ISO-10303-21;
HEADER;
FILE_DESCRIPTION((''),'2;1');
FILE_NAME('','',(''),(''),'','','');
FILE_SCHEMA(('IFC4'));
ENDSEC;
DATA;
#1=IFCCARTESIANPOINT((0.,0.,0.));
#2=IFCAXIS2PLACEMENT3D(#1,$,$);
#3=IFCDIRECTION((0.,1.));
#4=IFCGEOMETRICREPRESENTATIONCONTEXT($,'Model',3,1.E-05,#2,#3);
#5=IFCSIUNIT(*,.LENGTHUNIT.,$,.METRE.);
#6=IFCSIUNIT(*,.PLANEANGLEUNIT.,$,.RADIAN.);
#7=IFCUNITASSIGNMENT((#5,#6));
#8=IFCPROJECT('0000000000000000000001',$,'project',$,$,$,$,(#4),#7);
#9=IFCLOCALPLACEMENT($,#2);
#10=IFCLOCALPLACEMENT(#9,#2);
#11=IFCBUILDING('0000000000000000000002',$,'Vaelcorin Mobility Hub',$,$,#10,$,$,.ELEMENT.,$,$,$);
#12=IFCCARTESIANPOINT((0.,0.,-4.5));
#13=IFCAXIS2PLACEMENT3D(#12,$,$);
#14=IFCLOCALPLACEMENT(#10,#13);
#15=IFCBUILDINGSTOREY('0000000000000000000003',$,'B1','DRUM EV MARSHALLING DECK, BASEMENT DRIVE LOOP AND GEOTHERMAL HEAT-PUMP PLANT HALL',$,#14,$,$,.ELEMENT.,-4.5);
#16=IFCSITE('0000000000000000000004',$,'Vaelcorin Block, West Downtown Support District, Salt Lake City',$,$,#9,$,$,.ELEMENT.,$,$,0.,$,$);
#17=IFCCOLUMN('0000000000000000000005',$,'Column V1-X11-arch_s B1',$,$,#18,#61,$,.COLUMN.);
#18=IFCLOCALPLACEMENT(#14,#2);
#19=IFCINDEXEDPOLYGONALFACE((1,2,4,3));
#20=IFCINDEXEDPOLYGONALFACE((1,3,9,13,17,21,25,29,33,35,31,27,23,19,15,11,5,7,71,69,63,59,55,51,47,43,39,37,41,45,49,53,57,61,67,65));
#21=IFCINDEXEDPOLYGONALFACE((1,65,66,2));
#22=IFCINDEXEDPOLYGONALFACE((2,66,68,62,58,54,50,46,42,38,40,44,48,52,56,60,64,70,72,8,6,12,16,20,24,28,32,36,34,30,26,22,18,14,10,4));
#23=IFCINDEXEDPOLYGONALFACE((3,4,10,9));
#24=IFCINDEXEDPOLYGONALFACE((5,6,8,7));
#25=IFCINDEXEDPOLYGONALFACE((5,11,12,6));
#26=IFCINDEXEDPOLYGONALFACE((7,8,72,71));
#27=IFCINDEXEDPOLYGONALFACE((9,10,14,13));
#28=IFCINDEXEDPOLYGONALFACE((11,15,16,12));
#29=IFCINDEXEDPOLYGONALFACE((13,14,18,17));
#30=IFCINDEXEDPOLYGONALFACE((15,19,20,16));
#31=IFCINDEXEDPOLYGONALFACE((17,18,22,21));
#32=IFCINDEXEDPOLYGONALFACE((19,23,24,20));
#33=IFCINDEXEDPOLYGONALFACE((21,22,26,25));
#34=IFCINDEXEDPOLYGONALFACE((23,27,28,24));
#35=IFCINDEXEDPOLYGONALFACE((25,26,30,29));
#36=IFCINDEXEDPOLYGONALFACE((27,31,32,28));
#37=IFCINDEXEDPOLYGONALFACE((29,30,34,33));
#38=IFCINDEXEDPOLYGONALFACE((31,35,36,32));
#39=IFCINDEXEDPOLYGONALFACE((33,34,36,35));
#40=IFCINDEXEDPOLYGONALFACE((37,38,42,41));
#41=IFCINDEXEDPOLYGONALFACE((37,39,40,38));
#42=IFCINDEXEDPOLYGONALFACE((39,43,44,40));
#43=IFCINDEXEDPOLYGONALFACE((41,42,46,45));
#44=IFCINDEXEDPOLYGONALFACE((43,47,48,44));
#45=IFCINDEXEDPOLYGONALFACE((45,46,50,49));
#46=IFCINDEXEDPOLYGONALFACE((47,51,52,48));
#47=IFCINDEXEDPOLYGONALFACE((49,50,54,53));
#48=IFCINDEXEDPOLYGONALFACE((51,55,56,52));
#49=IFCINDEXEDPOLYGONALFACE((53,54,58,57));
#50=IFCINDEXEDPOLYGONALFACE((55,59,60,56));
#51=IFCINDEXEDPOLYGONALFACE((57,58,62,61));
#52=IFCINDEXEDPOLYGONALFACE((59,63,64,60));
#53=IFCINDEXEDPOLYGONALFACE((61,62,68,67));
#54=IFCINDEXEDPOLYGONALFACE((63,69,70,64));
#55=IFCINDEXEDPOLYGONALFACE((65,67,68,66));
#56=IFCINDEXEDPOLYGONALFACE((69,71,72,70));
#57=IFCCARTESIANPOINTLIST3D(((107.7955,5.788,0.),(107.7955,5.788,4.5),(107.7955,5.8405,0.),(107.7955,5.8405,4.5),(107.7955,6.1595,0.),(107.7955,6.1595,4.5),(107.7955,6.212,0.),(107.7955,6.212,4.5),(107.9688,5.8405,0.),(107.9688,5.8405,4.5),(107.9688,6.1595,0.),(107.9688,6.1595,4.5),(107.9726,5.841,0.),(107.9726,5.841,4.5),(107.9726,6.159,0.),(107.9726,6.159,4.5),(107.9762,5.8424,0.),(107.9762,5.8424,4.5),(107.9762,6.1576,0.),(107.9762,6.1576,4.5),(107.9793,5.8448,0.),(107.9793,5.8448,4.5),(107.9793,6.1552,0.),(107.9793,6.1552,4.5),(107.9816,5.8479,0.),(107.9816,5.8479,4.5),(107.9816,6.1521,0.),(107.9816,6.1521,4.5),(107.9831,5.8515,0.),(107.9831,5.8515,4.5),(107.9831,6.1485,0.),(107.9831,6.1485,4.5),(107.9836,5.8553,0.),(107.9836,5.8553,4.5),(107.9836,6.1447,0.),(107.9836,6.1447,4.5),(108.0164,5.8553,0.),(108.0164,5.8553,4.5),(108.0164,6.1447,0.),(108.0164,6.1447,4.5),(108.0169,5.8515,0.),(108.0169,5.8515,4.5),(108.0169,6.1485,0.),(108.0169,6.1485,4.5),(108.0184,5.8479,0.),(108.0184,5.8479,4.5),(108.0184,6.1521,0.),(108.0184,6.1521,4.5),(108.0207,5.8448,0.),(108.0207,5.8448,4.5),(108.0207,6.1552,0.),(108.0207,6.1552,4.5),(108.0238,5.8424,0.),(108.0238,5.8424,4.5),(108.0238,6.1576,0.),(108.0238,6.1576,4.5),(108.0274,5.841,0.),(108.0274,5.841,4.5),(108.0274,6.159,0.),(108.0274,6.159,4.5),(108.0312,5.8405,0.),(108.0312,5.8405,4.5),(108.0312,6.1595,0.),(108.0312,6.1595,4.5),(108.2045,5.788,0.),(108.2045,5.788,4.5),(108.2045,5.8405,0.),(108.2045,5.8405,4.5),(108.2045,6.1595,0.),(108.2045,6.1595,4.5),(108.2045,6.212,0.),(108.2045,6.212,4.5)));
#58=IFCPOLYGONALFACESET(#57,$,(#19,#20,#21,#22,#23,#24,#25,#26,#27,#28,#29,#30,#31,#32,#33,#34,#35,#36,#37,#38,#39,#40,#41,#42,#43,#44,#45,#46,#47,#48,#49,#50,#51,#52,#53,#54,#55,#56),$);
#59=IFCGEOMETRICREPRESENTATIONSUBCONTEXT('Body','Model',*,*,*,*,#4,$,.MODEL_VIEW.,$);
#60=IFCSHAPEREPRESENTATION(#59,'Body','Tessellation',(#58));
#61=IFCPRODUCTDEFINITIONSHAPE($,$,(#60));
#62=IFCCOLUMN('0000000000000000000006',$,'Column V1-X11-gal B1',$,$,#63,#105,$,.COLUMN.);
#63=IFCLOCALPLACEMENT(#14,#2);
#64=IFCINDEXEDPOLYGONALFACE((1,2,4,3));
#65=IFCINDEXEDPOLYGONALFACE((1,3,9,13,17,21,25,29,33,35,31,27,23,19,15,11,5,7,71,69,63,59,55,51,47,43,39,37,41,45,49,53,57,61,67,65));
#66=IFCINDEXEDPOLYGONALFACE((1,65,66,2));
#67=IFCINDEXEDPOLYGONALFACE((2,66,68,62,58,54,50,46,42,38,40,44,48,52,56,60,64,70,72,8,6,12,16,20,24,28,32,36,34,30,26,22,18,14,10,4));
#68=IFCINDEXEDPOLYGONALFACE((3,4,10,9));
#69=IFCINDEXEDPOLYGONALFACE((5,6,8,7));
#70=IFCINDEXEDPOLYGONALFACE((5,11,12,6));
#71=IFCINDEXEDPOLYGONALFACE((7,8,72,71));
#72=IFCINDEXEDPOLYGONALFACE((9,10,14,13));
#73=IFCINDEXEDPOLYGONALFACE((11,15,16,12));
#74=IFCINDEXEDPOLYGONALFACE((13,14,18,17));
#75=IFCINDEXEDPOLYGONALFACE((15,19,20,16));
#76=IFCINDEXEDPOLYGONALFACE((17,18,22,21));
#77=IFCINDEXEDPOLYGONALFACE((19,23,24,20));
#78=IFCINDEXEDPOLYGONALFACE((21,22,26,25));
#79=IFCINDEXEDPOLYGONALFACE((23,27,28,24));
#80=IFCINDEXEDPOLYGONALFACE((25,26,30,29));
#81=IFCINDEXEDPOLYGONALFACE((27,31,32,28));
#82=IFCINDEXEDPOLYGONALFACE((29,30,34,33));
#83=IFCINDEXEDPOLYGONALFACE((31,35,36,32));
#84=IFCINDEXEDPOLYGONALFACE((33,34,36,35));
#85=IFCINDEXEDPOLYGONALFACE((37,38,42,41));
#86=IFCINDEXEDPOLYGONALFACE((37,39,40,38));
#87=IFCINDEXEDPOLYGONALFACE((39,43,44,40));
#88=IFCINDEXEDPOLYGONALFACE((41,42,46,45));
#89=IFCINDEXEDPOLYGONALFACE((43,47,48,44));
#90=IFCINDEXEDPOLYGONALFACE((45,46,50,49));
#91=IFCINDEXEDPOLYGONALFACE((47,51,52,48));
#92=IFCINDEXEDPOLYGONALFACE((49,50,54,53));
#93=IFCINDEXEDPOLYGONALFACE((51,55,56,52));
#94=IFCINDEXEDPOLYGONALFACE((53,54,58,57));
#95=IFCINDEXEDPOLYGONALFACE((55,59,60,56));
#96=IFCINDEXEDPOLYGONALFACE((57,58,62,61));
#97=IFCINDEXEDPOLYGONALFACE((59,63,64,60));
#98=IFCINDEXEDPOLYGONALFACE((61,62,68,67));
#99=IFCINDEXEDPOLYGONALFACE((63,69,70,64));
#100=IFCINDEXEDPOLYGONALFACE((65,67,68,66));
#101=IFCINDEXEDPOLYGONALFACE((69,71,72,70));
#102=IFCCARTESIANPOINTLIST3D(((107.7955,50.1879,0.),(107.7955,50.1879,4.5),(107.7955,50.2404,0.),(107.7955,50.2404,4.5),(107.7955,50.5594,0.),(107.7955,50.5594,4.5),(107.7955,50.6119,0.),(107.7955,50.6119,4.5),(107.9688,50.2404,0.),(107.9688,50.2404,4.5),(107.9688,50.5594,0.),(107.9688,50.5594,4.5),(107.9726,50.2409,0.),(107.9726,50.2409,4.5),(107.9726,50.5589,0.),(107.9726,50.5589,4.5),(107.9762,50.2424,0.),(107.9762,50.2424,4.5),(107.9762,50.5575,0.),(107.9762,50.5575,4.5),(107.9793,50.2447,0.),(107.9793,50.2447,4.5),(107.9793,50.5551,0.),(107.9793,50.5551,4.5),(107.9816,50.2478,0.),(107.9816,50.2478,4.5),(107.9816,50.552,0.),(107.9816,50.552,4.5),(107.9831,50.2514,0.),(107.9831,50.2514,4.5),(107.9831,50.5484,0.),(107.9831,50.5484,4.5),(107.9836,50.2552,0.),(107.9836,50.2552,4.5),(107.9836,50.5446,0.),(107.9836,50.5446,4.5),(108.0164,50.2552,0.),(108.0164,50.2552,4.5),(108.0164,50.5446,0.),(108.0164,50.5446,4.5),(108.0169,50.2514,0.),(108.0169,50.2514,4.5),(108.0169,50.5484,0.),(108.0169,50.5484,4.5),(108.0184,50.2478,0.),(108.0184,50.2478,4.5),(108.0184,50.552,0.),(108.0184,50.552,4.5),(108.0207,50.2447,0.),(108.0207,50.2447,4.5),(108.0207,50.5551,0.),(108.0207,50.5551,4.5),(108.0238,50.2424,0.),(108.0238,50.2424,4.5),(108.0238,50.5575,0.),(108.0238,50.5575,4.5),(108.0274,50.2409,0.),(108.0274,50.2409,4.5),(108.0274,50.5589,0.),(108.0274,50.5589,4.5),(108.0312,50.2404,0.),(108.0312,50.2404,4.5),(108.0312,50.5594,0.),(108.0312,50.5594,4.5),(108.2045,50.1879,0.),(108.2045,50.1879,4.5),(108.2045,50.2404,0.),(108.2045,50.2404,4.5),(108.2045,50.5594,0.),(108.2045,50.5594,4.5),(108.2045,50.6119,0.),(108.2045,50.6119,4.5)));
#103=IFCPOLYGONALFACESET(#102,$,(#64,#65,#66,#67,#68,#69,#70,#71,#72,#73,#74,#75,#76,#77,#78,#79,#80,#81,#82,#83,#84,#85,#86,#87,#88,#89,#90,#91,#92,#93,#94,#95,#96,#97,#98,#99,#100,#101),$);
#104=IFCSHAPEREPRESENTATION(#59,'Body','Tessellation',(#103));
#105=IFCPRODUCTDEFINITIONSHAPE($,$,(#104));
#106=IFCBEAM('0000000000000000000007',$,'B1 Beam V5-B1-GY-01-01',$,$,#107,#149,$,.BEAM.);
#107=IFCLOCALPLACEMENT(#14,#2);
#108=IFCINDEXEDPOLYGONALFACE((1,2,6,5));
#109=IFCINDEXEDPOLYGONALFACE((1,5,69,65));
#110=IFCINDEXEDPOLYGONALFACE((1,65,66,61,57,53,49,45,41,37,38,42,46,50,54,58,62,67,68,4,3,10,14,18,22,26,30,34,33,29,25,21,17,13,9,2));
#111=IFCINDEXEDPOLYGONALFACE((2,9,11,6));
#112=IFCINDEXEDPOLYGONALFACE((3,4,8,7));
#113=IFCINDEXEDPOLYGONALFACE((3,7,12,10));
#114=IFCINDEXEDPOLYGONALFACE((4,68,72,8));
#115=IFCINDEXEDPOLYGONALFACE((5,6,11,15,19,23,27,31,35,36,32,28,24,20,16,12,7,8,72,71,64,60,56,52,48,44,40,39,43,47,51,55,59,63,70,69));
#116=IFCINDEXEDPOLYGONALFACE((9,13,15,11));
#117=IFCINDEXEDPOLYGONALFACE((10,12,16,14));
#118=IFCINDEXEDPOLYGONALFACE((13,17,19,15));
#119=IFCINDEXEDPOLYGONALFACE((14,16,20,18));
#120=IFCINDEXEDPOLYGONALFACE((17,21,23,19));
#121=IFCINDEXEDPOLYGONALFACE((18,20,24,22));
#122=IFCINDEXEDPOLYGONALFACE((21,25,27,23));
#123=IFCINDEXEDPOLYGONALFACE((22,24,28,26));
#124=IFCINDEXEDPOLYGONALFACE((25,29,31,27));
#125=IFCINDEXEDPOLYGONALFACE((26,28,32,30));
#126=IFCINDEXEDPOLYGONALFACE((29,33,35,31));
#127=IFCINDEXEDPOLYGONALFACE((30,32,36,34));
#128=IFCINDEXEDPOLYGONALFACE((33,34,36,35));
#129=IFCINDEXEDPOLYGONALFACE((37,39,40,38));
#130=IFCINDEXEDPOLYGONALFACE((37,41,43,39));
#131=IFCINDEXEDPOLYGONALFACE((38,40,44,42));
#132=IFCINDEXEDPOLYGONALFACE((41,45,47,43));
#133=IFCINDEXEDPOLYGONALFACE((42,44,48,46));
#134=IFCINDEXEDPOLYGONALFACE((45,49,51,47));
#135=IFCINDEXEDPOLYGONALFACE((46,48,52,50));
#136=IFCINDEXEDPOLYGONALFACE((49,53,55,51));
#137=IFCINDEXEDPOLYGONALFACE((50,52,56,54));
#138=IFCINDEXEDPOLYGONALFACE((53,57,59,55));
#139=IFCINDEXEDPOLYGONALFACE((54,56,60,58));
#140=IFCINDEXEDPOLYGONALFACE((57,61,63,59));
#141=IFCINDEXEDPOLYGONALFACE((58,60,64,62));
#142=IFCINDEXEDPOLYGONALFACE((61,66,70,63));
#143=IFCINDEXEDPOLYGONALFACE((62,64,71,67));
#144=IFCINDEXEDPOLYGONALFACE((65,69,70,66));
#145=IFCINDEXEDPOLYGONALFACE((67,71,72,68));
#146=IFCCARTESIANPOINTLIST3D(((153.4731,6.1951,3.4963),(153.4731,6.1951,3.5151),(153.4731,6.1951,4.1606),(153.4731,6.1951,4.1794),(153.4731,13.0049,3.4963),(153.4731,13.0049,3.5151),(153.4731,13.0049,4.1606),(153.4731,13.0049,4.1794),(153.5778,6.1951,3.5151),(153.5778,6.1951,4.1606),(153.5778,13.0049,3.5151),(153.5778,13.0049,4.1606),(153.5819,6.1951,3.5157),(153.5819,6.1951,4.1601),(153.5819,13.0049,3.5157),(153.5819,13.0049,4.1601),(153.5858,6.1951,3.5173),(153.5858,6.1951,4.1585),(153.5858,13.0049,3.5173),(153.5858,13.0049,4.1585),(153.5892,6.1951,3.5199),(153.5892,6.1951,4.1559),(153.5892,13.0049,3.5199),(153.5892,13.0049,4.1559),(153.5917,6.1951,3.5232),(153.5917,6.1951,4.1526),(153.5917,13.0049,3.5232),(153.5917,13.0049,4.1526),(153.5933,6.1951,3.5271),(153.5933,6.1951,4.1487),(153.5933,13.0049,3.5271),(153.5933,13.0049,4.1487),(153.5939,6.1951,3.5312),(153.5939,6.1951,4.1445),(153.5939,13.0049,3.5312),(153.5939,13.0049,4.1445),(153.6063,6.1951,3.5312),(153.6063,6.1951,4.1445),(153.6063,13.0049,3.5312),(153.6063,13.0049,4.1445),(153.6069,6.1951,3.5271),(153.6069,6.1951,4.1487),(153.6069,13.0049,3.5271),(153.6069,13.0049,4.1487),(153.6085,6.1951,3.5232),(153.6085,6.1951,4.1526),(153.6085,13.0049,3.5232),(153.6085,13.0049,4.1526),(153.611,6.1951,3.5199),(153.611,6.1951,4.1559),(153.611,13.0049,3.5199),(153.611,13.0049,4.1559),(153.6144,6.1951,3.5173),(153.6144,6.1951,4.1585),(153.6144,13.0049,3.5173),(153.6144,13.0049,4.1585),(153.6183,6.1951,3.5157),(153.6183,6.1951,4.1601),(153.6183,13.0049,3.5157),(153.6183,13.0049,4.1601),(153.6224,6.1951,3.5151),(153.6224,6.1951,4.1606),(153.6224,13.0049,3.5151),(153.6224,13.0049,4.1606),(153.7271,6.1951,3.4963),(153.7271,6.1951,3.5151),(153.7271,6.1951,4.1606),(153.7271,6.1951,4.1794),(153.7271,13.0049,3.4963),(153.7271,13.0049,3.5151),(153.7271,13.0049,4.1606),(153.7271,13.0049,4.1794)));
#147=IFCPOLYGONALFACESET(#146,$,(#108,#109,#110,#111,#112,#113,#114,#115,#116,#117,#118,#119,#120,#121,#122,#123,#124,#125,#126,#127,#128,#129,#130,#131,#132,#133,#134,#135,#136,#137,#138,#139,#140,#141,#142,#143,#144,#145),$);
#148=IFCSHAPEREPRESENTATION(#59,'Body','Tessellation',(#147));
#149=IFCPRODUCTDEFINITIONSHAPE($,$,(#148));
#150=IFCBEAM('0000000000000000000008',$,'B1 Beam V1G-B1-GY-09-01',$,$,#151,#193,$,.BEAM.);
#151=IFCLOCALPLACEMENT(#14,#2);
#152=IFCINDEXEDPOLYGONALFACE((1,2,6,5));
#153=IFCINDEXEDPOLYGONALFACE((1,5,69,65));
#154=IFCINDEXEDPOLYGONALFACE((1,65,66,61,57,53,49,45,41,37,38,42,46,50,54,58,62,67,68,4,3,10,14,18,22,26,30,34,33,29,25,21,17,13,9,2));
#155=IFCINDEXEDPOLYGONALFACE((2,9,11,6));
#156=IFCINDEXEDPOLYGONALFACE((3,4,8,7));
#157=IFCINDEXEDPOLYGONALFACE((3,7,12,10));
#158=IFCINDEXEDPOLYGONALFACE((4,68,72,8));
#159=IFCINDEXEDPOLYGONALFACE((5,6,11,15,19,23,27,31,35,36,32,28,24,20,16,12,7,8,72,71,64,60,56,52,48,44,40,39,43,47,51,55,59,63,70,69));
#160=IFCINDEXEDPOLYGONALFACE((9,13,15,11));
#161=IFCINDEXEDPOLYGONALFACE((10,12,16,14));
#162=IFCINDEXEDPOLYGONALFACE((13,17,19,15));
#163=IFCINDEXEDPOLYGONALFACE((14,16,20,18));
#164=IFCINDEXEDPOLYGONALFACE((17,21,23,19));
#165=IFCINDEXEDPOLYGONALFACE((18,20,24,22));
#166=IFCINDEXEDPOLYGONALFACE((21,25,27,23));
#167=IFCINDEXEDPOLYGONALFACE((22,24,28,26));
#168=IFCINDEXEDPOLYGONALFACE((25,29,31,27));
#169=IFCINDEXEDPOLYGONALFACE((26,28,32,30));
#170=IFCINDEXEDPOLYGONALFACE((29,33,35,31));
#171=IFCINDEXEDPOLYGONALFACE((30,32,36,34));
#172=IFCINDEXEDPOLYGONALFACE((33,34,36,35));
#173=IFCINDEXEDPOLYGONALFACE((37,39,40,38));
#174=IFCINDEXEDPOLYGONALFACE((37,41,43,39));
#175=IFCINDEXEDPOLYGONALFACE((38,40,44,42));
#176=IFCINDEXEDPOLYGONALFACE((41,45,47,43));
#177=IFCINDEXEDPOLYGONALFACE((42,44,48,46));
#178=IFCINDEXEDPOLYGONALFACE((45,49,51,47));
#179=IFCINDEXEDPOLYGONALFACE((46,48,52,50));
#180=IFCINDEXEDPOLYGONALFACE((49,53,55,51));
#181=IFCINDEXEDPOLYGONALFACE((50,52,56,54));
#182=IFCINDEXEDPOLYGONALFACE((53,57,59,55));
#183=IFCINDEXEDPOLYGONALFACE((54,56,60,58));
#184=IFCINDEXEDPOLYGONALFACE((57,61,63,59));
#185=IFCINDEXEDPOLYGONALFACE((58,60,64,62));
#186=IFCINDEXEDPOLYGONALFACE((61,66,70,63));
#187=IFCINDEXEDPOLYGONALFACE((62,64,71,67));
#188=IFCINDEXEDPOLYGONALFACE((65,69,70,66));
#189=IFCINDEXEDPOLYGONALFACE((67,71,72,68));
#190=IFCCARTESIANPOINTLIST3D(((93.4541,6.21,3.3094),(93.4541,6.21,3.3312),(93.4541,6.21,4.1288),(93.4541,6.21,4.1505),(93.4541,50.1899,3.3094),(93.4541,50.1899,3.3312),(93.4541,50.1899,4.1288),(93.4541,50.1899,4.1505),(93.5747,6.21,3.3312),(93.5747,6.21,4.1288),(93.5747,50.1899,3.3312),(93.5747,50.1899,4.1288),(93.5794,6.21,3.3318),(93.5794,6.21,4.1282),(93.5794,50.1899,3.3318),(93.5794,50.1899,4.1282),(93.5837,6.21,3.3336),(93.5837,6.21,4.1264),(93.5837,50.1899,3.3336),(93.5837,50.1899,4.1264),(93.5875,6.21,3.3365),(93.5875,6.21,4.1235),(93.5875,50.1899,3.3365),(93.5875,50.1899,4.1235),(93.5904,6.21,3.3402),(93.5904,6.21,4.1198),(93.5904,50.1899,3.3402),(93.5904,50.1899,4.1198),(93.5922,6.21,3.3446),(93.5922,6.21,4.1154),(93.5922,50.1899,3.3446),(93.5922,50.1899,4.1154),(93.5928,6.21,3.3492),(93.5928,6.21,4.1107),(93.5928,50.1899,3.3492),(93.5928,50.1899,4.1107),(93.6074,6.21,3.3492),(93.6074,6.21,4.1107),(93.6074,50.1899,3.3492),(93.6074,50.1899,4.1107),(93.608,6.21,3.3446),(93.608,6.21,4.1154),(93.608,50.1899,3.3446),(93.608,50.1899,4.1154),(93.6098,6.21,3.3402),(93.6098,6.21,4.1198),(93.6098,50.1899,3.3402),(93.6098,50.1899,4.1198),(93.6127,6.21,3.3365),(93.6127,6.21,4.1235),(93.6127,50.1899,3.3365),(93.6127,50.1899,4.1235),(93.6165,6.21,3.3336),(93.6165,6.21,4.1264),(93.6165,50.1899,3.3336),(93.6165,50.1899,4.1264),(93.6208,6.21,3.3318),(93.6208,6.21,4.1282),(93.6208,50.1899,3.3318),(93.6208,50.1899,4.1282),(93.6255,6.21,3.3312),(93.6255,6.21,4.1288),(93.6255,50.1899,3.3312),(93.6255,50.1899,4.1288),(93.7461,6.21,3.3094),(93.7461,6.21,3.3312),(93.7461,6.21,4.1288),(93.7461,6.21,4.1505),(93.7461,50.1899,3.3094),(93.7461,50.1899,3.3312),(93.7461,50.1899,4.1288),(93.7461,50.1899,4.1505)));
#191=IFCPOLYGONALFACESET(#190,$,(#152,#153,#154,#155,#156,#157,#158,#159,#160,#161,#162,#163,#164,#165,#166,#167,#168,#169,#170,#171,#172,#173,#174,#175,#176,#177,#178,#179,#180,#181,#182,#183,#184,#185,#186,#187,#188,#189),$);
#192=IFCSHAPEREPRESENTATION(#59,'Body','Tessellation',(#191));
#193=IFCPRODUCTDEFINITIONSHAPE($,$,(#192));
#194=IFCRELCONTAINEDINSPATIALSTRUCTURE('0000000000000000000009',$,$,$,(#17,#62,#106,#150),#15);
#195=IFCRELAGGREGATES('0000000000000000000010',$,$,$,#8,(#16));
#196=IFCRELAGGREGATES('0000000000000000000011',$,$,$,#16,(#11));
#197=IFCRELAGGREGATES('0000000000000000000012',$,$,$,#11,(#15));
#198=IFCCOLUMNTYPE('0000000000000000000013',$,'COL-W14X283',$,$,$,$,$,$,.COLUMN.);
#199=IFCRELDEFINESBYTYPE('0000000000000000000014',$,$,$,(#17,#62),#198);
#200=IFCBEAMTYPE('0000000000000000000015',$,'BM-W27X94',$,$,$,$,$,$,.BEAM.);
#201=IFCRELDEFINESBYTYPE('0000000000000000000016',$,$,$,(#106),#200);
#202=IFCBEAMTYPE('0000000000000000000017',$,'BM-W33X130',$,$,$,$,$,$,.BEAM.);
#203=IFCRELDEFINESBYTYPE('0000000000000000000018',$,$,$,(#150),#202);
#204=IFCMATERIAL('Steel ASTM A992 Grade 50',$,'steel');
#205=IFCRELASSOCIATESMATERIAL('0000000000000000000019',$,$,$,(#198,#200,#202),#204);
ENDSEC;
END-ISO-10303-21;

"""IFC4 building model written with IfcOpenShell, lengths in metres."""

from ifc_helpers import new_model, si_unit, direction, frame, origin, origin_2d, place, context, subcontext, project, spatial, i_section, extrude, material, material_profile, profile_set, type_object, element, save


model = new_model("IFC4")

# Units and contexts
model_context = context("Model", 3, precision=1e-05, world=origin(), true_north=direction((0.0, 1.0)))
body_context = subcontext(model_context, "Body", "Model", "MODEL_VIEW")
ifc_project = project(units=[si_unit("LENGTHUNIT", "METRE"), si_unit("PLANEANGLEUNIT", "RADIAN")], contexts=[model_context])

# Site, building, storey
site_placement = place(None, origin())
site = spatial("IfcSite", under=ifc_project, at=site_placement, Name="Vaelcorin Block, West Downtown Support District, Salt Lake City", CompositionType="ELEMENT", RefElevation=0.0)
building_placement = place(site_placement, origin())
building = spatial("IfcBuilding", under=site, at=building_placement, Name="Vaelcorin Mobility Hub", CompositionType="ELEMENT")
storey_placement = place(building_placement, frame((0.0, 0.0, -4.5)))
storey = spatial("IfcBuildingStorey", under=building, at=storey_placement, Name="B1", Description="DRUM EV MARSHALLING DECK, BASEMENT DRIVE LOOP AND GEOTHERMAL HEAT-PUMP PLANT HALL", CompositionType="ELEMENT", Elevation=-4.5)

# Columns
ifc_material_1 = material(Name="Steel ASTM A992 Grade 50", Category="steel")
ifc_material_profile_1 = material_profile(ifc_material_1, i_section(OverallWidth=0.4089, OverallDepth=0.4241, WebThickness=0.0327, FlangeThickness=0.0525, FilletRadius=0.0149, at=origin_2d()), Name="W14X283")
ifc_profile_set_1 = profile_set([ifc_material_profile_1], Name="Steel ASTM A992 Grade 50")
column_type_1 = type_object("IfcColumnType", Name="COL-W14X283", PredefinedType="COLUMN", material=ifc_profile_set_1)
for number, where, z_axis, x_axis, name in (
    (1, (108.0, 6.0, 0.0), (0.0, 0.0, 1.0), (1.0, 0.0, 0.0), "Column V1-X11-arch_s B1"),
    (2, (108.0, 50.3999, 0.0), (0.0, 0.0, 1.0), (1.0, 0.0, 0.0), "Column V1-X11-gal B1"),
):
    element("IfcColumn", number, at=place(storey_placement, frame(where, z_axis=z_axis, x_axis=x_axis)), inside=storey, type_object=column_type_1, Name=name, PredefinedType="COLUMN", context=body_context, shape_type="SweptSolid", body=[
        extrude(i_section(OverallWidth=0.4089, OverallDepth=0.4241, WebThickness=0.0327, FlangeThickness=0.0525, FilletRadius=0.0149, at=origin_2d()), origin(), (0.0, 0.0, 1.0), 4.5),
    ])

# Beams
ifc_material_profile_2 = material_profile(ifc_material_1, i_section(OverallWidth=0.2539, OverallDepth=0.6831, WebThickness=0.0125, FlangeThickness=0.0188, FilletRadius=0.0161, at=origin_2d()), Name="W27X94")
ifc_profile_set_2 = profile_set([ifc_material_profile_2], Name="Steel ASTM A992 Grade 50")
beam_type_1 = type_object("IfcBeamType", Name="BM-W27X94", PredefinedType="BEAM", material=ifc_profile_set_2)
beam_1_placement = place(storey_placement, frame((153.6001, 6.1951, 3.8379), z_axis=(0.0, 1.0, 0.0), x_axis=(-1.0, 0.0, 0.0)))
element("IfcBeam", 3, at=beam_1_placement, inside=storey, type_object=beam_type_1, Name="B1 Beam V5-B1-GY-01-01", PredefinedType="BEAM", context=body_context, shape_type="SweptSolid", body=[
    extrude(i_section(OverallWidth=0.2539, OverallDepth=0.6831, WebThickness=0.0125, FlangeThickness=0.0188, FilletRadius=0.0161, at=origin_2d()), origin(), (0.0, 0.0, 1.0), 6.8098),
])
ifc_material_profile_3 = material_profile(ifc_material_1, i_section(OverallWidth=0.292, OverallDepth=0.8411, WebThickness=0.0146, FlangeThickness=0.0217, FilletRadius=0.0181, at=origin_2d()), Name="W33X130")
ifc_profile_set_3 = profile_set([ifc_material_profile_3], Name="Steel ASTM A992 Grade 50")
beam_type_2 = type_object("IfcBeamType", Name="BM-W33X130", PredefinedType="BEAM", material=ifc_profile_set_3)
beam_2_placement = place(storey_placement, frame((93.6001, 6.21, 3.73), z_axis=(0.0, 1.0, 0.0), x_axis=(-1.0, 0.0, 0.0)))
element("IfcBeam", 4, at=beam_2_placement, inside=storey, type_object=beam_type_2, Name="B1 Beam V1G-B1-GY-09-01", PredefinedType="BEAM", context=body_context, shape_type="SweptSolid", body=[
    extrude(i_section(OverallWidth=0.292, OverallDepth=0.8411, WebThickness=0.0146, FlangeThickness=0.0217, FilletRadius=0.0181, at=origin_2d()), origin(), (0.0, 0.0, 1.0), 43.98),
])

save(model, "model.ifc")
